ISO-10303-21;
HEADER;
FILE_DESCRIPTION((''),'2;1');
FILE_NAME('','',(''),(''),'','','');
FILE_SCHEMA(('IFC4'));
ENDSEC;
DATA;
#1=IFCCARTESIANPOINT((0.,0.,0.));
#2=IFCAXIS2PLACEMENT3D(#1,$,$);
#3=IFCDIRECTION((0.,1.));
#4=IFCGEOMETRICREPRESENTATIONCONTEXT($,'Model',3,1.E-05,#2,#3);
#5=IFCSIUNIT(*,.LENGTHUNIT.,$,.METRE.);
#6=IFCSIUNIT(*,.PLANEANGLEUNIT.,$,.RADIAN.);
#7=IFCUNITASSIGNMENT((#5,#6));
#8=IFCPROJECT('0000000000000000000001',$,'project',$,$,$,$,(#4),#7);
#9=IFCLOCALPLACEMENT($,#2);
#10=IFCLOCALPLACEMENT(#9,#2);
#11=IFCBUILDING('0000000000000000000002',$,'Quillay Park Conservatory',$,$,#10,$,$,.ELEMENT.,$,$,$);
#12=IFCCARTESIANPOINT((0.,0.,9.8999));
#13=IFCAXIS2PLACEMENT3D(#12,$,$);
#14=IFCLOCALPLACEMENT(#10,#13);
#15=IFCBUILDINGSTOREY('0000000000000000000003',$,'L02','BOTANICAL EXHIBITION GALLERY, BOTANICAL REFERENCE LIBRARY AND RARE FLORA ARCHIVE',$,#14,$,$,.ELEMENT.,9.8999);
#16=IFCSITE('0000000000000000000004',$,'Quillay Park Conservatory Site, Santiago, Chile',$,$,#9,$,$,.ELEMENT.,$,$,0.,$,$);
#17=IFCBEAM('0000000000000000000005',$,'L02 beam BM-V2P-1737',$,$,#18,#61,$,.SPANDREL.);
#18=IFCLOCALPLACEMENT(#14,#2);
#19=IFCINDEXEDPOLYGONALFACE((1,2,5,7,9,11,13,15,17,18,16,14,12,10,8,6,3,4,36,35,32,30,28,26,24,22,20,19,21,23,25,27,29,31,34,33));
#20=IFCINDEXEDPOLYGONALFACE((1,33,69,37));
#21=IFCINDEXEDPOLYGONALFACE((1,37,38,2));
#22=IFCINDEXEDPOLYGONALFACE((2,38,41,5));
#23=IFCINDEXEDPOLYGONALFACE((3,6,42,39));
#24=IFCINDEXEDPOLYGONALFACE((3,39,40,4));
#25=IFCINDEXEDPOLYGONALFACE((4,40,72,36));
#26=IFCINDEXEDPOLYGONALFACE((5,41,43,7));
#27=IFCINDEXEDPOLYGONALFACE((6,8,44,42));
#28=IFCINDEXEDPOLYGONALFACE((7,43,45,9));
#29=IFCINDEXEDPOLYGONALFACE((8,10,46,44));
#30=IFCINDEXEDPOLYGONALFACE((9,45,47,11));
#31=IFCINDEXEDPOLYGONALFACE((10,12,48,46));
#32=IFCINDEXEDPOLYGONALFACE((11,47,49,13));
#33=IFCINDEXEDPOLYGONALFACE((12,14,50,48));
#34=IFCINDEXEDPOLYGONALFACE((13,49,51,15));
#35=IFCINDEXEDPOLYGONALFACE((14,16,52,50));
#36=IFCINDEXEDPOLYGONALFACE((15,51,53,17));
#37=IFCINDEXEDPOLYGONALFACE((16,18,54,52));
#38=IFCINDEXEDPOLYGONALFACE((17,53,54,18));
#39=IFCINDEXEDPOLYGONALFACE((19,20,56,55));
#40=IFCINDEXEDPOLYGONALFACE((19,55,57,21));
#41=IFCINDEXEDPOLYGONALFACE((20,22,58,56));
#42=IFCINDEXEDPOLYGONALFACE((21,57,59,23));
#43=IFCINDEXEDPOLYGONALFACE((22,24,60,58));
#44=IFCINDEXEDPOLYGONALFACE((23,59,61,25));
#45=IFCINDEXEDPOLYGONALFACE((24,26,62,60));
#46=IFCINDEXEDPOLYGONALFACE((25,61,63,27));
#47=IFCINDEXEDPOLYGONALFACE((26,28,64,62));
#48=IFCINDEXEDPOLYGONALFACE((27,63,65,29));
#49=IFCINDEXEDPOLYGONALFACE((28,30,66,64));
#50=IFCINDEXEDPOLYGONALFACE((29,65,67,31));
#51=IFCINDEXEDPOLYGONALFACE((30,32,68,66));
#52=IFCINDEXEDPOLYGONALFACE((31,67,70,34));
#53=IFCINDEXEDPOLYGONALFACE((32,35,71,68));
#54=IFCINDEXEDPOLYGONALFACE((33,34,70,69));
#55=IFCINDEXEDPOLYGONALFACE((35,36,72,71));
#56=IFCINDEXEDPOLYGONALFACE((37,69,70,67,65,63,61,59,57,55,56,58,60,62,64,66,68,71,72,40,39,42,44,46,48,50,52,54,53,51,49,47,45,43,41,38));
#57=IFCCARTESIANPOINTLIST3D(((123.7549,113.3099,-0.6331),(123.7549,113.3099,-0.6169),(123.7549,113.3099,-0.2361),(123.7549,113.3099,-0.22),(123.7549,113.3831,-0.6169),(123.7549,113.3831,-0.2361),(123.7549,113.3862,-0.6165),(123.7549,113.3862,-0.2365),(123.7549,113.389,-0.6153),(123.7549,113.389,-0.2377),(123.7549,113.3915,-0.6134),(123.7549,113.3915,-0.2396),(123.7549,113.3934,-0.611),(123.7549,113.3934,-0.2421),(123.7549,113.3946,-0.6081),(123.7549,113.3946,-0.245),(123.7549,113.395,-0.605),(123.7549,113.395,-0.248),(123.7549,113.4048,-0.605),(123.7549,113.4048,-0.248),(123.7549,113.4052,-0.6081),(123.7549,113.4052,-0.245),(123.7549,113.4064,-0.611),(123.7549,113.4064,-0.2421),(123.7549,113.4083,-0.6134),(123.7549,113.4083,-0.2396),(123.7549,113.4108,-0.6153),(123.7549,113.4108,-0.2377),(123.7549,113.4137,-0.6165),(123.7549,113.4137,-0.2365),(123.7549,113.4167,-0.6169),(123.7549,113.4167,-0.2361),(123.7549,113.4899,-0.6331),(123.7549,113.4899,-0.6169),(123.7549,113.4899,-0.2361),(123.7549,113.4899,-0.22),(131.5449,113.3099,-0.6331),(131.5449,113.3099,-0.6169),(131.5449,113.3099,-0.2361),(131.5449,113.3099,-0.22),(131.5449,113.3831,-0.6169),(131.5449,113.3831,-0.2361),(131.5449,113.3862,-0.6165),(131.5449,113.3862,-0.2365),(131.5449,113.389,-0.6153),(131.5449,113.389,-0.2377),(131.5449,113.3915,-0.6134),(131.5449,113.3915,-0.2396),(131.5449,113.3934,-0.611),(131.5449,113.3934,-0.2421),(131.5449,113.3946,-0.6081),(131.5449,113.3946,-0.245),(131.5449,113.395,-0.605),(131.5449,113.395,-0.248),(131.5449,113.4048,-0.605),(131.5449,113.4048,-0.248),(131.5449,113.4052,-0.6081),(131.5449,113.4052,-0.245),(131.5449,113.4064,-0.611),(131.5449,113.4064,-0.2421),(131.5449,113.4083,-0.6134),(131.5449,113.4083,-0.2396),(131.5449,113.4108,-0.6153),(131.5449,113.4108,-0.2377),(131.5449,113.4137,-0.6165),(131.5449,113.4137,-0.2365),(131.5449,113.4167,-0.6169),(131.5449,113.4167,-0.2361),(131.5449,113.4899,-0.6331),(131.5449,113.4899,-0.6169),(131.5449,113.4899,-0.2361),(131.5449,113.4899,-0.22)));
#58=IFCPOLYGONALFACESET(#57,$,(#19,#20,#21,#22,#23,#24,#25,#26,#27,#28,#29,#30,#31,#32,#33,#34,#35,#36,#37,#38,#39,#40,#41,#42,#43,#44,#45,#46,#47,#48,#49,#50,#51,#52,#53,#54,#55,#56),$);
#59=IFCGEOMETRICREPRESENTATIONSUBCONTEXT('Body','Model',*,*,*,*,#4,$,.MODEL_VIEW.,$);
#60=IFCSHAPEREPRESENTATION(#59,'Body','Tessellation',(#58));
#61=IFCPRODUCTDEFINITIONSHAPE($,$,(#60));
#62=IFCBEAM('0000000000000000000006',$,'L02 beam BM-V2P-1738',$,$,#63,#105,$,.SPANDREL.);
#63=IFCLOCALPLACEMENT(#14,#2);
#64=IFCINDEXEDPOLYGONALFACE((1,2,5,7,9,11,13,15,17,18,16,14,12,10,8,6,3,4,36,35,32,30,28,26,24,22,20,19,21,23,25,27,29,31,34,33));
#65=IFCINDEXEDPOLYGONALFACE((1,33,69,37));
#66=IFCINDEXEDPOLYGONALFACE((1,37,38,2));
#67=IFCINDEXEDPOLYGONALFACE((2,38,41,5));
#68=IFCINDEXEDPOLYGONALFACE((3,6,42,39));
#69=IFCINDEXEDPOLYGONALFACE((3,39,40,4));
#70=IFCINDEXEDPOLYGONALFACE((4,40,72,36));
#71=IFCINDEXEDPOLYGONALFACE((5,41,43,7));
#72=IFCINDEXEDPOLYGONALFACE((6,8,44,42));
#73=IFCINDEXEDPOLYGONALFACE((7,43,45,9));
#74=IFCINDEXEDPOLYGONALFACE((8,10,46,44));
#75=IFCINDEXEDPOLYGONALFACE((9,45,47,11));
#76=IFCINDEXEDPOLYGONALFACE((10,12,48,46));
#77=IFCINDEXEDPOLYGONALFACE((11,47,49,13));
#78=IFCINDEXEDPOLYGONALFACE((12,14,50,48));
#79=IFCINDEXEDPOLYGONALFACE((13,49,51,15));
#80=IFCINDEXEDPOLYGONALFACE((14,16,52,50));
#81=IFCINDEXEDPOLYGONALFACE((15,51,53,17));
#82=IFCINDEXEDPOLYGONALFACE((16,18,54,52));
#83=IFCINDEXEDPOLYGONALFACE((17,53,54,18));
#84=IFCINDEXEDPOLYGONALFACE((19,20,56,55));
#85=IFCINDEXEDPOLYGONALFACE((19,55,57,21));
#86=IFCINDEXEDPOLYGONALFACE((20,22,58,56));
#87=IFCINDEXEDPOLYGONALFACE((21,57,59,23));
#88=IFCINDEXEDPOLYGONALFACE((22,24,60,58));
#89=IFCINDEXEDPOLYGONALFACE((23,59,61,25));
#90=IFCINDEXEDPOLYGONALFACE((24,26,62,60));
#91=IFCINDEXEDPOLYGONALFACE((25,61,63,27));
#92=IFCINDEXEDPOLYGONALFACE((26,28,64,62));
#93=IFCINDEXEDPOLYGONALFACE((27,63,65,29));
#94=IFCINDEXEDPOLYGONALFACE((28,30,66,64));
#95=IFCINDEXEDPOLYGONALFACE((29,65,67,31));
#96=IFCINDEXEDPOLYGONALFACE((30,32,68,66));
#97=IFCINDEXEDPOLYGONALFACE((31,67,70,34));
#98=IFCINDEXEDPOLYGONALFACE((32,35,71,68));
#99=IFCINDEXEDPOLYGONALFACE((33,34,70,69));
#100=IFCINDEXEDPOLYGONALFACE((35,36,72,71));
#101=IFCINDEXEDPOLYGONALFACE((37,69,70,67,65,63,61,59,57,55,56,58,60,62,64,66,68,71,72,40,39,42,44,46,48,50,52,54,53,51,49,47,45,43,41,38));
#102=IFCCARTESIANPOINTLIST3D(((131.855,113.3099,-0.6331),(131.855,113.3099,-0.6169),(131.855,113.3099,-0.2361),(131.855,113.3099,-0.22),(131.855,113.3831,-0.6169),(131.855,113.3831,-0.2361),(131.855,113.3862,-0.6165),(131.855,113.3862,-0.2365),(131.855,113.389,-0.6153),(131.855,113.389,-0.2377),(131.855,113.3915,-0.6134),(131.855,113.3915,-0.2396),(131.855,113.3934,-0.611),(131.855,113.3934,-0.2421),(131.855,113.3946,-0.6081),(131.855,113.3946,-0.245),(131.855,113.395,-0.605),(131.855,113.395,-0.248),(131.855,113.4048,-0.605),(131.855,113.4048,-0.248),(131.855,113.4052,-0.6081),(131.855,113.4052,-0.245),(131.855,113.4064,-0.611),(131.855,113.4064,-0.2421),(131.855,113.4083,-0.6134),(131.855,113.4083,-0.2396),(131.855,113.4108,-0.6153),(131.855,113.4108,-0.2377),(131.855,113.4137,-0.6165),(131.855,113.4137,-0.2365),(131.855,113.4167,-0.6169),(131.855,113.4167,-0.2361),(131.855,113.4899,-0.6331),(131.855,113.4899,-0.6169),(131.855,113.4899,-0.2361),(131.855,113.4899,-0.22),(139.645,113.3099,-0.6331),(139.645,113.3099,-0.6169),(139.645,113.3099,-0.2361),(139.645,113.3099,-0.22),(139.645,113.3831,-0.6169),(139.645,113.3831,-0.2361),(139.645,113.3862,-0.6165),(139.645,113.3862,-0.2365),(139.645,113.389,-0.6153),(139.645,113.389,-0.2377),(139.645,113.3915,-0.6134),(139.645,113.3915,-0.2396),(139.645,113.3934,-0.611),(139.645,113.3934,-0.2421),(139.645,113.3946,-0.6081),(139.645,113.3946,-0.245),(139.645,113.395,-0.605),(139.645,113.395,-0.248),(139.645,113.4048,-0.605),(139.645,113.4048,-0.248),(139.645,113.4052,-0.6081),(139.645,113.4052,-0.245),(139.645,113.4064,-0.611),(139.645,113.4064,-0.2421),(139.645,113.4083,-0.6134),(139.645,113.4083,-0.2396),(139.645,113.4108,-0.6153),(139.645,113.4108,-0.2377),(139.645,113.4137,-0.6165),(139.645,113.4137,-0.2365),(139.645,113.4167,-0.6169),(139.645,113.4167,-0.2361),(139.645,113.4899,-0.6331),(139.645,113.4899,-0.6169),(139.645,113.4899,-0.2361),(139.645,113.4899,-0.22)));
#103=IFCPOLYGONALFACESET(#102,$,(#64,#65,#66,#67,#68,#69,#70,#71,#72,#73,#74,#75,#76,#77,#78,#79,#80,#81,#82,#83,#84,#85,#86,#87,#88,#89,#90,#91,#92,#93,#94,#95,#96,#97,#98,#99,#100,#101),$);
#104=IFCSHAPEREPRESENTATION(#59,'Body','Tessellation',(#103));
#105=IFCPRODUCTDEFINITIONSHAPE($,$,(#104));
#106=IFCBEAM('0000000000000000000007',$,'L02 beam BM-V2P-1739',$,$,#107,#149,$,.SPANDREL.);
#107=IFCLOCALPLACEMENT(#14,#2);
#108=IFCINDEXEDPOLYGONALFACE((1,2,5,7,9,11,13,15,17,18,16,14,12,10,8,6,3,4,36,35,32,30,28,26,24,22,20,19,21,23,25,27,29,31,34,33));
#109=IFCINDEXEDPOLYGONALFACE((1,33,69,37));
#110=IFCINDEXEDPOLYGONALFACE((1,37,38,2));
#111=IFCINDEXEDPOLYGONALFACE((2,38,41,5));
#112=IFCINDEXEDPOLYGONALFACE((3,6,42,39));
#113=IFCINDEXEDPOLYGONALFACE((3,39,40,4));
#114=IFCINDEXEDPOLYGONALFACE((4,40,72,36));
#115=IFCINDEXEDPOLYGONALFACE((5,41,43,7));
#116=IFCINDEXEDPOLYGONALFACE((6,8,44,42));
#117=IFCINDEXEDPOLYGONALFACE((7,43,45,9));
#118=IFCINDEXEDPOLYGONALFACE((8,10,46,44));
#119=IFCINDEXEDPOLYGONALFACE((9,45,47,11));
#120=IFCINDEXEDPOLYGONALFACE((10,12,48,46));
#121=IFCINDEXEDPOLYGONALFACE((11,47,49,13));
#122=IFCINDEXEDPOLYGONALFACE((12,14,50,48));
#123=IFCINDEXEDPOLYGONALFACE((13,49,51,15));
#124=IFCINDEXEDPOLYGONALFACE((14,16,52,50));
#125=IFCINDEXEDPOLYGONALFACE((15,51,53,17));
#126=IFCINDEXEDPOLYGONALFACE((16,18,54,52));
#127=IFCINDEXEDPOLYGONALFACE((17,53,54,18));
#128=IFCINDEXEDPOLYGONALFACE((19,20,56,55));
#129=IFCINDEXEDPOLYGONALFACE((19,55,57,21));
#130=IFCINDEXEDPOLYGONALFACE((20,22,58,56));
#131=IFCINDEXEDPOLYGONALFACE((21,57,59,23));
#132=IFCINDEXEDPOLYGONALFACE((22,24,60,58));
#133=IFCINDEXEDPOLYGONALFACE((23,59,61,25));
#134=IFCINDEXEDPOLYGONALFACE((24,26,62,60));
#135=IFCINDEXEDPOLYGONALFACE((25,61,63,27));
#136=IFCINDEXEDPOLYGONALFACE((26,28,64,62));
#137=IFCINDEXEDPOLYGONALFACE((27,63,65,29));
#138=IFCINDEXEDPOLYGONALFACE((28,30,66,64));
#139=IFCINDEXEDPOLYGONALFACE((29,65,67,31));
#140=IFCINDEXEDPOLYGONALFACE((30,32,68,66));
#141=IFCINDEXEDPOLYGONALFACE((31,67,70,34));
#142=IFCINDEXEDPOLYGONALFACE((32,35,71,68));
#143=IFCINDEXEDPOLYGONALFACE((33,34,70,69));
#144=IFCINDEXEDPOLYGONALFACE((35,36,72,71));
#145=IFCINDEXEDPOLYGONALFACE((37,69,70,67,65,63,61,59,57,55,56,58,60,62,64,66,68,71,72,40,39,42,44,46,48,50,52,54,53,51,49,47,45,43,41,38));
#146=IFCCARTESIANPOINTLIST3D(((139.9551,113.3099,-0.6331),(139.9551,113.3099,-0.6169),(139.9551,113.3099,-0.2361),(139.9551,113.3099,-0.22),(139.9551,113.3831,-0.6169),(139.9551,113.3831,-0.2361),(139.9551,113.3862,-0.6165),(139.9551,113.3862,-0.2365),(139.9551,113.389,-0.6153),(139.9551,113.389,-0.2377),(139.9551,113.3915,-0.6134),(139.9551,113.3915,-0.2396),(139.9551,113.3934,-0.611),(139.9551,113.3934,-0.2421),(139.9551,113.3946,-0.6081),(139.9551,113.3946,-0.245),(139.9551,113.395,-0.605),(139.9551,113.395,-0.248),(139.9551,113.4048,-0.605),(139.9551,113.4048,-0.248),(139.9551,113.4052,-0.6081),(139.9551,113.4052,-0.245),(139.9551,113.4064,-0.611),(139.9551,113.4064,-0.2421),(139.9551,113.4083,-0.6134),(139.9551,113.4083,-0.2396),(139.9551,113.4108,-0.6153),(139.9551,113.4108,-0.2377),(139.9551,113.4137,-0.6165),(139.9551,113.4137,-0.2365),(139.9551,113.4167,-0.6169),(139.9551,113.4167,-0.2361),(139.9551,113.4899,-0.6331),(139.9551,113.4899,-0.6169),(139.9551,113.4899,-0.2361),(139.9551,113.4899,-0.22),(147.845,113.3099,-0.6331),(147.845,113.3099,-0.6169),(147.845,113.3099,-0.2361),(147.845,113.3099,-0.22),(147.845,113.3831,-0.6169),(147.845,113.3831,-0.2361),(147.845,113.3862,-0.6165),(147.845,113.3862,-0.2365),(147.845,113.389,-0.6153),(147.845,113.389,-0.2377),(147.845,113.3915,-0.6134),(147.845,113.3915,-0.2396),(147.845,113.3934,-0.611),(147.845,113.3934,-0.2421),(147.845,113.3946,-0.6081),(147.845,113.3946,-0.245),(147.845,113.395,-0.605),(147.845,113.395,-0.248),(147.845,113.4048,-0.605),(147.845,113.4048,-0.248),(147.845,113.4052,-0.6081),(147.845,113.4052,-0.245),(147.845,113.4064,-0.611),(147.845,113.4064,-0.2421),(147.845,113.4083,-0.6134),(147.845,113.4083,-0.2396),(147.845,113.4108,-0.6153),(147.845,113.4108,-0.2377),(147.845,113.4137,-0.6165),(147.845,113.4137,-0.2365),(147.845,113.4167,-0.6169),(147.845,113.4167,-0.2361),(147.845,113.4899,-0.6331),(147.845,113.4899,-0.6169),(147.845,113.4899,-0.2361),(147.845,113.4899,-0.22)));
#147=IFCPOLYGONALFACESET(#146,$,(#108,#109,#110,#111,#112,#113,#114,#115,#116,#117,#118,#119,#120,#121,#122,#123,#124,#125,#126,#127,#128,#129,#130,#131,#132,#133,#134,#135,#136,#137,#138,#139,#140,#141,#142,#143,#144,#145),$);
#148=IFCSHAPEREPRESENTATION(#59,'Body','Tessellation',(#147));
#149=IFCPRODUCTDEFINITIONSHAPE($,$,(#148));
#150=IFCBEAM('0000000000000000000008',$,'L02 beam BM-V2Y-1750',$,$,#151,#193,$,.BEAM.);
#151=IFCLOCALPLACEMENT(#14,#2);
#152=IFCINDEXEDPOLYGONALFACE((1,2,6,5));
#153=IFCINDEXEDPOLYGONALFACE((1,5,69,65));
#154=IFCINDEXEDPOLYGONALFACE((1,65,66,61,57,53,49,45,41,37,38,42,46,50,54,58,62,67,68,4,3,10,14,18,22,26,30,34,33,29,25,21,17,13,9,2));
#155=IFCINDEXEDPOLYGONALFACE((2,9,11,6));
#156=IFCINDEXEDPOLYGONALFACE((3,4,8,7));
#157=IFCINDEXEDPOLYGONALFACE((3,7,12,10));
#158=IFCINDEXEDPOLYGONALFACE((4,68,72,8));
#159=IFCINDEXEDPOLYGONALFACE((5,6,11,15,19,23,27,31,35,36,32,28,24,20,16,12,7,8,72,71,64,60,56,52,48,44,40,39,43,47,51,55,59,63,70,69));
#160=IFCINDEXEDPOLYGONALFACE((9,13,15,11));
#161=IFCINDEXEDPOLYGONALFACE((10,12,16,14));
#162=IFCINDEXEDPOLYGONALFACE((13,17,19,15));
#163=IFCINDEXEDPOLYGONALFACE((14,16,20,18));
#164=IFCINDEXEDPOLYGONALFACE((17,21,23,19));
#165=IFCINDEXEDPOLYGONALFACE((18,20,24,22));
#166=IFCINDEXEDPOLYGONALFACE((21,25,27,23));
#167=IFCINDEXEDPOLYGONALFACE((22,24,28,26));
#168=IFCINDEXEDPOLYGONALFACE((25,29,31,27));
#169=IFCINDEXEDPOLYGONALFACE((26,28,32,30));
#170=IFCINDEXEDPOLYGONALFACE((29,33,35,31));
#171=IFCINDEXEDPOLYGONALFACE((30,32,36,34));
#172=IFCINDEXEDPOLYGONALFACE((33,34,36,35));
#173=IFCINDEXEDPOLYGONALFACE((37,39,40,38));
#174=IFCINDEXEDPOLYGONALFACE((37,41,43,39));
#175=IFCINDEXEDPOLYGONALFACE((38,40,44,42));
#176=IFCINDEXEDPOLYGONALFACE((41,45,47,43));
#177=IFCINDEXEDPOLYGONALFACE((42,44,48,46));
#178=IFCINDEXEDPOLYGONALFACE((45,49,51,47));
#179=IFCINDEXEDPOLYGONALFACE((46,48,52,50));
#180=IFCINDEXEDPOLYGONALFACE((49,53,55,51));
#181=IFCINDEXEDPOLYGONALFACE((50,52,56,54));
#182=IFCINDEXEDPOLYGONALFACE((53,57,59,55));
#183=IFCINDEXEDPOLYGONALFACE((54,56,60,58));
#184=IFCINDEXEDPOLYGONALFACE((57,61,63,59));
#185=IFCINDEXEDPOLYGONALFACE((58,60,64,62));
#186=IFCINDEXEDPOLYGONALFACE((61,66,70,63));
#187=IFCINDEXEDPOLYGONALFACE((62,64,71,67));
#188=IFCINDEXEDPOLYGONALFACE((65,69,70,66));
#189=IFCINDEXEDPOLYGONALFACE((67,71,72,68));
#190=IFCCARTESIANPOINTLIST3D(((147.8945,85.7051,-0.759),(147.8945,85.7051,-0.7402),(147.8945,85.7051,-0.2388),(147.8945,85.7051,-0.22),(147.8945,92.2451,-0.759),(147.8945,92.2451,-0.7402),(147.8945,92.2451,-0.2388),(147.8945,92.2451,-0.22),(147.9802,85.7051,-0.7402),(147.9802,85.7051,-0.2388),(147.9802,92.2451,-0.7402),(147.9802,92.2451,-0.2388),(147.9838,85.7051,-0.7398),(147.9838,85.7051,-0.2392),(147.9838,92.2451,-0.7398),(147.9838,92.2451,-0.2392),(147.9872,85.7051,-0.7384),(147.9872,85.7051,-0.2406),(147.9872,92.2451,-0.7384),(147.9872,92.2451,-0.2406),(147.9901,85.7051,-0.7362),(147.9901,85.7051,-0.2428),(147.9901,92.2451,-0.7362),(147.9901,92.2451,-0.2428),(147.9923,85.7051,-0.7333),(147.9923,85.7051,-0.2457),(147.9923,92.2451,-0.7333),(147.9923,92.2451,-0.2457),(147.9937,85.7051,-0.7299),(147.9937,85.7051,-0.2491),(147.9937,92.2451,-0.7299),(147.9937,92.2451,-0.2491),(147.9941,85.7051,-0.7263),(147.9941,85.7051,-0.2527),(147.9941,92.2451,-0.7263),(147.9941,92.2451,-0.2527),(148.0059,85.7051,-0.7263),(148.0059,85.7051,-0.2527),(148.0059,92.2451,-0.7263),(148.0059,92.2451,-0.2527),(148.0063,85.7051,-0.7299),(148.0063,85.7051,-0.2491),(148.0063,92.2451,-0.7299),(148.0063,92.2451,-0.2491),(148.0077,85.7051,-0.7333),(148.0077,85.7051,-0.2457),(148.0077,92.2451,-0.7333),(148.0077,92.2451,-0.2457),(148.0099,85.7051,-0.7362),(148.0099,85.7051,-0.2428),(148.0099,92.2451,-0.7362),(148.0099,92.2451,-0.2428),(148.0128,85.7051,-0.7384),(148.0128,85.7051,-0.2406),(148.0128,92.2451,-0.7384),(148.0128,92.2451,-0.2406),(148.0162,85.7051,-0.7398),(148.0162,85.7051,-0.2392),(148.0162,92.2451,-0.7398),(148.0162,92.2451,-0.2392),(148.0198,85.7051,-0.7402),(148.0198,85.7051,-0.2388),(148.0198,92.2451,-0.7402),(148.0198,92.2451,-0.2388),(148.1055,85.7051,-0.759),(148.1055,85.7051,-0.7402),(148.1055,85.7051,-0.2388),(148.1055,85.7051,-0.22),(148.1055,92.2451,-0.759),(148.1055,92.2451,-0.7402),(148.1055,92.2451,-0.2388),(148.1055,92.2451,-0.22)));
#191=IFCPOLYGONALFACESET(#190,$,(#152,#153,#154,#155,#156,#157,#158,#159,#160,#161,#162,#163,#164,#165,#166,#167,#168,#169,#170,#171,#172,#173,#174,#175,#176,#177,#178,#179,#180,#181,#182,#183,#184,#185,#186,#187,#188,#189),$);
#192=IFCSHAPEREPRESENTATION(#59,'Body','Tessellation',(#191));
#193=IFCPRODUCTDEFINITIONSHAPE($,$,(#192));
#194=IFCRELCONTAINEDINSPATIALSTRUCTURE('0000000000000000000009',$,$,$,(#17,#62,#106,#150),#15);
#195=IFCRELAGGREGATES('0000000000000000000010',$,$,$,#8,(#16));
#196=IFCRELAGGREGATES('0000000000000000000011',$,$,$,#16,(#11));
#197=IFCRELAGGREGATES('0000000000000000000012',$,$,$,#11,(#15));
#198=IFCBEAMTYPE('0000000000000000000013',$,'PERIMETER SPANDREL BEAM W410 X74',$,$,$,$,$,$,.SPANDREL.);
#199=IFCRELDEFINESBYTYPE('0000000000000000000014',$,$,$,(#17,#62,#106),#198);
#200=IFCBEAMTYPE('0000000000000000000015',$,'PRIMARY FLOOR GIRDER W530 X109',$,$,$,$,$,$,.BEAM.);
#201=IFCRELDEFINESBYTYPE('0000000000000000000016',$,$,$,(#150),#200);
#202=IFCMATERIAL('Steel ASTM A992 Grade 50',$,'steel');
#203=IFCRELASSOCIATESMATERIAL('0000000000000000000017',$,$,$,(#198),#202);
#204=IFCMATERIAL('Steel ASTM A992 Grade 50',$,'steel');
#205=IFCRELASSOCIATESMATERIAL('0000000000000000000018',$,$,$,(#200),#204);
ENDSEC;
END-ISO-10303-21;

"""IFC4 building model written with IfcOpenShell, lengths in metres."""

from ifc_helpers import new_model, si_unit, direction, frame, origin, origin_2d, place, context, subcontext, project, spatial, i_section, extrude, material, material_profile, profile_set, type_object, element, save


model = new_model("IFC4")

# Units and contexts
model_context = context("Model", 3, precision=1e-05, world=origin(), true_north=direction((0.0, 1.0)))
body_context = subcontext(model_context, "Body", "Model", "MODEL_VIEW")
ifc_project = project(units=[si_unit("LENGTHUNIT", "METRE"), si_unit("PLANEANGLEUNIT", "RADIAN")], contexts=[model_context])

# Site, building, storey
site_placement = place(None, origin())
site = spatial("IfcSite", under=ifc_project, at=site_placement, Name="Quillay Park Conservatory Site, Santiago, Chile", CompositionType="ELEMENT", RefElevation=0.0)
building_placement = place(site_placement, origin())
building = spatial("IfcBuilding", under=site, at=building_placement, Name="Quillay Park Conservatory", CompositionType="ELEMENT")
storey_placement = place(building_placement, frame((0.0, 0.0, 9.8999)))
storey = spatial("IfcBuildingStorey", under=building, at=storey_placement, Name="L02", Description="BOTANICAL EXHIBITION GALLERY, BOTANICAL REFERENCE LIBRARY AND RARE FLORA ARCHIVE", CompositionType="ELEMENT", Elevation=9.8999)

# Beams
ifc_material_1 = material(Name="Steel ASTM A992 Grade 50", Category="steel")
ifc_material_profile_1 = material_profile(ifc_material_1, i_section(OverallWidth=0.1799, OverallDepth=0.4131, WebThickness=0.0098, FlangeThickness=0.0161, FilletRadius=0.012, at=origin_2d()), Name="W410x74")
ifc_profile_set_1 = profile_set([ifc_material_profile_1], Name="Steel ASTM A992 Grade 50")
beam_type_1 = type_object("IfcBeamType", Name="PERIMETER SPANDREL BEAM W410 X74", PredefinedType="SPANDREL", material=ifc_profile_set_1)
for number, where, z_axis, x_axis, name in (
    (1, (123.7549, 113.3999, -0.4265), (1.0, 0.0, 0.0), (0.0, 1.0, 0.0), "L02 beam BM-V2P-1737"),
    (2, (131.855, 113.3999, -0.4265), (1.0, 0.0, 0.0), (0.0, 1.0, 0.0), "L02 beam BM-V2P-1738"),
):
    element("IfcBeam", number, at=place(storey_placement, frame(where, z_axis=z_axis, x_axis=x_axis)), inside=storey, type_object=beam_type_1, Name=name, PredefinedType="SPANDREL", context=body_context, shape_type="SweptSolid", body=[
        extrude(i_section(OverallWidth=0.1799, OverallDepth=0.4131, WebThickness=0.0098, FlangeThickness=0.0161, FilletRadius=0.012, at=origin_2d()), origin(), (0.0, 0.0, 1.0), 7.79),
    ])
beam_1_placement = place(storey_placement, frame((139.9551, 113.3999, -0.4265), z_axis=(1.0, 0.0, 0.0), x_axis=(0.0, 1.0, 0.0)))
element("IfcBeam", 3, at=beam_1_placement, inside=storey, type_object=beam_type_1, Name="L02 beam BM-V2P-1739", PredefinedType="SPANDREL", context=body_context, shape_type="SweptSolid", body=[
    extrude(i_section(OverallWidth=0.1799, OverallDepth=0.4131, WebThickness=0.0098, FlangeThickness=0.0161, FilletRadius=0.012, at=origin_2d()), origin(), (0.0, 0.0, 1.0), 7.8899),
])
ifc_material_2 = material(Name="Steel ASTM A992 Grade 50", Category="steel")
ifc_material_profile_2 = material_profile(ifc_material_2, i_section(OverallWidth=0.2109, OverallDepth=0.5391, WebThickness=0.0117, FlangeThickness=0.0188, FilletRadius=0.0139, at=origin_2d()), Name="W530x109")
ifc_profile_set_2 = profile_set([ifc_material_profile_2], Name="Steel ASTM A992 Grade 50")
beam_type_2 = type_object("IfcBeamType", Name="PRIMARY FLOOR GIRDER W530 X109", PredefinedType="BEAM", material=ifc_profile_set_2)
beam_2_placement = place(storey_placement, frame((148.0, 85.7051, -0.4895), z_axis=(0.0, 1.0, 0.0), x_axis=(-1.0, 0.0, 0.0)))
element("IfcBeam", 4, at=beam_2_placement, inside=storey, type_object=beam_type_2, Name="L02 beam BM-V2Y-1750", PredefinedType="BEAM", context=body_context, shape_type="SweptSolid", body=[
    extrude(i_section(OverallWidth=0.2109, OverallDepth=0.5391, WebThickness=0.0117, FlangeThickness=0.0188, FilletRadius=0.0139, at=origin_2d()), origin(), (0.0, 0.0, 1.0), 6.54),
])

save(model, "model.ifc")
